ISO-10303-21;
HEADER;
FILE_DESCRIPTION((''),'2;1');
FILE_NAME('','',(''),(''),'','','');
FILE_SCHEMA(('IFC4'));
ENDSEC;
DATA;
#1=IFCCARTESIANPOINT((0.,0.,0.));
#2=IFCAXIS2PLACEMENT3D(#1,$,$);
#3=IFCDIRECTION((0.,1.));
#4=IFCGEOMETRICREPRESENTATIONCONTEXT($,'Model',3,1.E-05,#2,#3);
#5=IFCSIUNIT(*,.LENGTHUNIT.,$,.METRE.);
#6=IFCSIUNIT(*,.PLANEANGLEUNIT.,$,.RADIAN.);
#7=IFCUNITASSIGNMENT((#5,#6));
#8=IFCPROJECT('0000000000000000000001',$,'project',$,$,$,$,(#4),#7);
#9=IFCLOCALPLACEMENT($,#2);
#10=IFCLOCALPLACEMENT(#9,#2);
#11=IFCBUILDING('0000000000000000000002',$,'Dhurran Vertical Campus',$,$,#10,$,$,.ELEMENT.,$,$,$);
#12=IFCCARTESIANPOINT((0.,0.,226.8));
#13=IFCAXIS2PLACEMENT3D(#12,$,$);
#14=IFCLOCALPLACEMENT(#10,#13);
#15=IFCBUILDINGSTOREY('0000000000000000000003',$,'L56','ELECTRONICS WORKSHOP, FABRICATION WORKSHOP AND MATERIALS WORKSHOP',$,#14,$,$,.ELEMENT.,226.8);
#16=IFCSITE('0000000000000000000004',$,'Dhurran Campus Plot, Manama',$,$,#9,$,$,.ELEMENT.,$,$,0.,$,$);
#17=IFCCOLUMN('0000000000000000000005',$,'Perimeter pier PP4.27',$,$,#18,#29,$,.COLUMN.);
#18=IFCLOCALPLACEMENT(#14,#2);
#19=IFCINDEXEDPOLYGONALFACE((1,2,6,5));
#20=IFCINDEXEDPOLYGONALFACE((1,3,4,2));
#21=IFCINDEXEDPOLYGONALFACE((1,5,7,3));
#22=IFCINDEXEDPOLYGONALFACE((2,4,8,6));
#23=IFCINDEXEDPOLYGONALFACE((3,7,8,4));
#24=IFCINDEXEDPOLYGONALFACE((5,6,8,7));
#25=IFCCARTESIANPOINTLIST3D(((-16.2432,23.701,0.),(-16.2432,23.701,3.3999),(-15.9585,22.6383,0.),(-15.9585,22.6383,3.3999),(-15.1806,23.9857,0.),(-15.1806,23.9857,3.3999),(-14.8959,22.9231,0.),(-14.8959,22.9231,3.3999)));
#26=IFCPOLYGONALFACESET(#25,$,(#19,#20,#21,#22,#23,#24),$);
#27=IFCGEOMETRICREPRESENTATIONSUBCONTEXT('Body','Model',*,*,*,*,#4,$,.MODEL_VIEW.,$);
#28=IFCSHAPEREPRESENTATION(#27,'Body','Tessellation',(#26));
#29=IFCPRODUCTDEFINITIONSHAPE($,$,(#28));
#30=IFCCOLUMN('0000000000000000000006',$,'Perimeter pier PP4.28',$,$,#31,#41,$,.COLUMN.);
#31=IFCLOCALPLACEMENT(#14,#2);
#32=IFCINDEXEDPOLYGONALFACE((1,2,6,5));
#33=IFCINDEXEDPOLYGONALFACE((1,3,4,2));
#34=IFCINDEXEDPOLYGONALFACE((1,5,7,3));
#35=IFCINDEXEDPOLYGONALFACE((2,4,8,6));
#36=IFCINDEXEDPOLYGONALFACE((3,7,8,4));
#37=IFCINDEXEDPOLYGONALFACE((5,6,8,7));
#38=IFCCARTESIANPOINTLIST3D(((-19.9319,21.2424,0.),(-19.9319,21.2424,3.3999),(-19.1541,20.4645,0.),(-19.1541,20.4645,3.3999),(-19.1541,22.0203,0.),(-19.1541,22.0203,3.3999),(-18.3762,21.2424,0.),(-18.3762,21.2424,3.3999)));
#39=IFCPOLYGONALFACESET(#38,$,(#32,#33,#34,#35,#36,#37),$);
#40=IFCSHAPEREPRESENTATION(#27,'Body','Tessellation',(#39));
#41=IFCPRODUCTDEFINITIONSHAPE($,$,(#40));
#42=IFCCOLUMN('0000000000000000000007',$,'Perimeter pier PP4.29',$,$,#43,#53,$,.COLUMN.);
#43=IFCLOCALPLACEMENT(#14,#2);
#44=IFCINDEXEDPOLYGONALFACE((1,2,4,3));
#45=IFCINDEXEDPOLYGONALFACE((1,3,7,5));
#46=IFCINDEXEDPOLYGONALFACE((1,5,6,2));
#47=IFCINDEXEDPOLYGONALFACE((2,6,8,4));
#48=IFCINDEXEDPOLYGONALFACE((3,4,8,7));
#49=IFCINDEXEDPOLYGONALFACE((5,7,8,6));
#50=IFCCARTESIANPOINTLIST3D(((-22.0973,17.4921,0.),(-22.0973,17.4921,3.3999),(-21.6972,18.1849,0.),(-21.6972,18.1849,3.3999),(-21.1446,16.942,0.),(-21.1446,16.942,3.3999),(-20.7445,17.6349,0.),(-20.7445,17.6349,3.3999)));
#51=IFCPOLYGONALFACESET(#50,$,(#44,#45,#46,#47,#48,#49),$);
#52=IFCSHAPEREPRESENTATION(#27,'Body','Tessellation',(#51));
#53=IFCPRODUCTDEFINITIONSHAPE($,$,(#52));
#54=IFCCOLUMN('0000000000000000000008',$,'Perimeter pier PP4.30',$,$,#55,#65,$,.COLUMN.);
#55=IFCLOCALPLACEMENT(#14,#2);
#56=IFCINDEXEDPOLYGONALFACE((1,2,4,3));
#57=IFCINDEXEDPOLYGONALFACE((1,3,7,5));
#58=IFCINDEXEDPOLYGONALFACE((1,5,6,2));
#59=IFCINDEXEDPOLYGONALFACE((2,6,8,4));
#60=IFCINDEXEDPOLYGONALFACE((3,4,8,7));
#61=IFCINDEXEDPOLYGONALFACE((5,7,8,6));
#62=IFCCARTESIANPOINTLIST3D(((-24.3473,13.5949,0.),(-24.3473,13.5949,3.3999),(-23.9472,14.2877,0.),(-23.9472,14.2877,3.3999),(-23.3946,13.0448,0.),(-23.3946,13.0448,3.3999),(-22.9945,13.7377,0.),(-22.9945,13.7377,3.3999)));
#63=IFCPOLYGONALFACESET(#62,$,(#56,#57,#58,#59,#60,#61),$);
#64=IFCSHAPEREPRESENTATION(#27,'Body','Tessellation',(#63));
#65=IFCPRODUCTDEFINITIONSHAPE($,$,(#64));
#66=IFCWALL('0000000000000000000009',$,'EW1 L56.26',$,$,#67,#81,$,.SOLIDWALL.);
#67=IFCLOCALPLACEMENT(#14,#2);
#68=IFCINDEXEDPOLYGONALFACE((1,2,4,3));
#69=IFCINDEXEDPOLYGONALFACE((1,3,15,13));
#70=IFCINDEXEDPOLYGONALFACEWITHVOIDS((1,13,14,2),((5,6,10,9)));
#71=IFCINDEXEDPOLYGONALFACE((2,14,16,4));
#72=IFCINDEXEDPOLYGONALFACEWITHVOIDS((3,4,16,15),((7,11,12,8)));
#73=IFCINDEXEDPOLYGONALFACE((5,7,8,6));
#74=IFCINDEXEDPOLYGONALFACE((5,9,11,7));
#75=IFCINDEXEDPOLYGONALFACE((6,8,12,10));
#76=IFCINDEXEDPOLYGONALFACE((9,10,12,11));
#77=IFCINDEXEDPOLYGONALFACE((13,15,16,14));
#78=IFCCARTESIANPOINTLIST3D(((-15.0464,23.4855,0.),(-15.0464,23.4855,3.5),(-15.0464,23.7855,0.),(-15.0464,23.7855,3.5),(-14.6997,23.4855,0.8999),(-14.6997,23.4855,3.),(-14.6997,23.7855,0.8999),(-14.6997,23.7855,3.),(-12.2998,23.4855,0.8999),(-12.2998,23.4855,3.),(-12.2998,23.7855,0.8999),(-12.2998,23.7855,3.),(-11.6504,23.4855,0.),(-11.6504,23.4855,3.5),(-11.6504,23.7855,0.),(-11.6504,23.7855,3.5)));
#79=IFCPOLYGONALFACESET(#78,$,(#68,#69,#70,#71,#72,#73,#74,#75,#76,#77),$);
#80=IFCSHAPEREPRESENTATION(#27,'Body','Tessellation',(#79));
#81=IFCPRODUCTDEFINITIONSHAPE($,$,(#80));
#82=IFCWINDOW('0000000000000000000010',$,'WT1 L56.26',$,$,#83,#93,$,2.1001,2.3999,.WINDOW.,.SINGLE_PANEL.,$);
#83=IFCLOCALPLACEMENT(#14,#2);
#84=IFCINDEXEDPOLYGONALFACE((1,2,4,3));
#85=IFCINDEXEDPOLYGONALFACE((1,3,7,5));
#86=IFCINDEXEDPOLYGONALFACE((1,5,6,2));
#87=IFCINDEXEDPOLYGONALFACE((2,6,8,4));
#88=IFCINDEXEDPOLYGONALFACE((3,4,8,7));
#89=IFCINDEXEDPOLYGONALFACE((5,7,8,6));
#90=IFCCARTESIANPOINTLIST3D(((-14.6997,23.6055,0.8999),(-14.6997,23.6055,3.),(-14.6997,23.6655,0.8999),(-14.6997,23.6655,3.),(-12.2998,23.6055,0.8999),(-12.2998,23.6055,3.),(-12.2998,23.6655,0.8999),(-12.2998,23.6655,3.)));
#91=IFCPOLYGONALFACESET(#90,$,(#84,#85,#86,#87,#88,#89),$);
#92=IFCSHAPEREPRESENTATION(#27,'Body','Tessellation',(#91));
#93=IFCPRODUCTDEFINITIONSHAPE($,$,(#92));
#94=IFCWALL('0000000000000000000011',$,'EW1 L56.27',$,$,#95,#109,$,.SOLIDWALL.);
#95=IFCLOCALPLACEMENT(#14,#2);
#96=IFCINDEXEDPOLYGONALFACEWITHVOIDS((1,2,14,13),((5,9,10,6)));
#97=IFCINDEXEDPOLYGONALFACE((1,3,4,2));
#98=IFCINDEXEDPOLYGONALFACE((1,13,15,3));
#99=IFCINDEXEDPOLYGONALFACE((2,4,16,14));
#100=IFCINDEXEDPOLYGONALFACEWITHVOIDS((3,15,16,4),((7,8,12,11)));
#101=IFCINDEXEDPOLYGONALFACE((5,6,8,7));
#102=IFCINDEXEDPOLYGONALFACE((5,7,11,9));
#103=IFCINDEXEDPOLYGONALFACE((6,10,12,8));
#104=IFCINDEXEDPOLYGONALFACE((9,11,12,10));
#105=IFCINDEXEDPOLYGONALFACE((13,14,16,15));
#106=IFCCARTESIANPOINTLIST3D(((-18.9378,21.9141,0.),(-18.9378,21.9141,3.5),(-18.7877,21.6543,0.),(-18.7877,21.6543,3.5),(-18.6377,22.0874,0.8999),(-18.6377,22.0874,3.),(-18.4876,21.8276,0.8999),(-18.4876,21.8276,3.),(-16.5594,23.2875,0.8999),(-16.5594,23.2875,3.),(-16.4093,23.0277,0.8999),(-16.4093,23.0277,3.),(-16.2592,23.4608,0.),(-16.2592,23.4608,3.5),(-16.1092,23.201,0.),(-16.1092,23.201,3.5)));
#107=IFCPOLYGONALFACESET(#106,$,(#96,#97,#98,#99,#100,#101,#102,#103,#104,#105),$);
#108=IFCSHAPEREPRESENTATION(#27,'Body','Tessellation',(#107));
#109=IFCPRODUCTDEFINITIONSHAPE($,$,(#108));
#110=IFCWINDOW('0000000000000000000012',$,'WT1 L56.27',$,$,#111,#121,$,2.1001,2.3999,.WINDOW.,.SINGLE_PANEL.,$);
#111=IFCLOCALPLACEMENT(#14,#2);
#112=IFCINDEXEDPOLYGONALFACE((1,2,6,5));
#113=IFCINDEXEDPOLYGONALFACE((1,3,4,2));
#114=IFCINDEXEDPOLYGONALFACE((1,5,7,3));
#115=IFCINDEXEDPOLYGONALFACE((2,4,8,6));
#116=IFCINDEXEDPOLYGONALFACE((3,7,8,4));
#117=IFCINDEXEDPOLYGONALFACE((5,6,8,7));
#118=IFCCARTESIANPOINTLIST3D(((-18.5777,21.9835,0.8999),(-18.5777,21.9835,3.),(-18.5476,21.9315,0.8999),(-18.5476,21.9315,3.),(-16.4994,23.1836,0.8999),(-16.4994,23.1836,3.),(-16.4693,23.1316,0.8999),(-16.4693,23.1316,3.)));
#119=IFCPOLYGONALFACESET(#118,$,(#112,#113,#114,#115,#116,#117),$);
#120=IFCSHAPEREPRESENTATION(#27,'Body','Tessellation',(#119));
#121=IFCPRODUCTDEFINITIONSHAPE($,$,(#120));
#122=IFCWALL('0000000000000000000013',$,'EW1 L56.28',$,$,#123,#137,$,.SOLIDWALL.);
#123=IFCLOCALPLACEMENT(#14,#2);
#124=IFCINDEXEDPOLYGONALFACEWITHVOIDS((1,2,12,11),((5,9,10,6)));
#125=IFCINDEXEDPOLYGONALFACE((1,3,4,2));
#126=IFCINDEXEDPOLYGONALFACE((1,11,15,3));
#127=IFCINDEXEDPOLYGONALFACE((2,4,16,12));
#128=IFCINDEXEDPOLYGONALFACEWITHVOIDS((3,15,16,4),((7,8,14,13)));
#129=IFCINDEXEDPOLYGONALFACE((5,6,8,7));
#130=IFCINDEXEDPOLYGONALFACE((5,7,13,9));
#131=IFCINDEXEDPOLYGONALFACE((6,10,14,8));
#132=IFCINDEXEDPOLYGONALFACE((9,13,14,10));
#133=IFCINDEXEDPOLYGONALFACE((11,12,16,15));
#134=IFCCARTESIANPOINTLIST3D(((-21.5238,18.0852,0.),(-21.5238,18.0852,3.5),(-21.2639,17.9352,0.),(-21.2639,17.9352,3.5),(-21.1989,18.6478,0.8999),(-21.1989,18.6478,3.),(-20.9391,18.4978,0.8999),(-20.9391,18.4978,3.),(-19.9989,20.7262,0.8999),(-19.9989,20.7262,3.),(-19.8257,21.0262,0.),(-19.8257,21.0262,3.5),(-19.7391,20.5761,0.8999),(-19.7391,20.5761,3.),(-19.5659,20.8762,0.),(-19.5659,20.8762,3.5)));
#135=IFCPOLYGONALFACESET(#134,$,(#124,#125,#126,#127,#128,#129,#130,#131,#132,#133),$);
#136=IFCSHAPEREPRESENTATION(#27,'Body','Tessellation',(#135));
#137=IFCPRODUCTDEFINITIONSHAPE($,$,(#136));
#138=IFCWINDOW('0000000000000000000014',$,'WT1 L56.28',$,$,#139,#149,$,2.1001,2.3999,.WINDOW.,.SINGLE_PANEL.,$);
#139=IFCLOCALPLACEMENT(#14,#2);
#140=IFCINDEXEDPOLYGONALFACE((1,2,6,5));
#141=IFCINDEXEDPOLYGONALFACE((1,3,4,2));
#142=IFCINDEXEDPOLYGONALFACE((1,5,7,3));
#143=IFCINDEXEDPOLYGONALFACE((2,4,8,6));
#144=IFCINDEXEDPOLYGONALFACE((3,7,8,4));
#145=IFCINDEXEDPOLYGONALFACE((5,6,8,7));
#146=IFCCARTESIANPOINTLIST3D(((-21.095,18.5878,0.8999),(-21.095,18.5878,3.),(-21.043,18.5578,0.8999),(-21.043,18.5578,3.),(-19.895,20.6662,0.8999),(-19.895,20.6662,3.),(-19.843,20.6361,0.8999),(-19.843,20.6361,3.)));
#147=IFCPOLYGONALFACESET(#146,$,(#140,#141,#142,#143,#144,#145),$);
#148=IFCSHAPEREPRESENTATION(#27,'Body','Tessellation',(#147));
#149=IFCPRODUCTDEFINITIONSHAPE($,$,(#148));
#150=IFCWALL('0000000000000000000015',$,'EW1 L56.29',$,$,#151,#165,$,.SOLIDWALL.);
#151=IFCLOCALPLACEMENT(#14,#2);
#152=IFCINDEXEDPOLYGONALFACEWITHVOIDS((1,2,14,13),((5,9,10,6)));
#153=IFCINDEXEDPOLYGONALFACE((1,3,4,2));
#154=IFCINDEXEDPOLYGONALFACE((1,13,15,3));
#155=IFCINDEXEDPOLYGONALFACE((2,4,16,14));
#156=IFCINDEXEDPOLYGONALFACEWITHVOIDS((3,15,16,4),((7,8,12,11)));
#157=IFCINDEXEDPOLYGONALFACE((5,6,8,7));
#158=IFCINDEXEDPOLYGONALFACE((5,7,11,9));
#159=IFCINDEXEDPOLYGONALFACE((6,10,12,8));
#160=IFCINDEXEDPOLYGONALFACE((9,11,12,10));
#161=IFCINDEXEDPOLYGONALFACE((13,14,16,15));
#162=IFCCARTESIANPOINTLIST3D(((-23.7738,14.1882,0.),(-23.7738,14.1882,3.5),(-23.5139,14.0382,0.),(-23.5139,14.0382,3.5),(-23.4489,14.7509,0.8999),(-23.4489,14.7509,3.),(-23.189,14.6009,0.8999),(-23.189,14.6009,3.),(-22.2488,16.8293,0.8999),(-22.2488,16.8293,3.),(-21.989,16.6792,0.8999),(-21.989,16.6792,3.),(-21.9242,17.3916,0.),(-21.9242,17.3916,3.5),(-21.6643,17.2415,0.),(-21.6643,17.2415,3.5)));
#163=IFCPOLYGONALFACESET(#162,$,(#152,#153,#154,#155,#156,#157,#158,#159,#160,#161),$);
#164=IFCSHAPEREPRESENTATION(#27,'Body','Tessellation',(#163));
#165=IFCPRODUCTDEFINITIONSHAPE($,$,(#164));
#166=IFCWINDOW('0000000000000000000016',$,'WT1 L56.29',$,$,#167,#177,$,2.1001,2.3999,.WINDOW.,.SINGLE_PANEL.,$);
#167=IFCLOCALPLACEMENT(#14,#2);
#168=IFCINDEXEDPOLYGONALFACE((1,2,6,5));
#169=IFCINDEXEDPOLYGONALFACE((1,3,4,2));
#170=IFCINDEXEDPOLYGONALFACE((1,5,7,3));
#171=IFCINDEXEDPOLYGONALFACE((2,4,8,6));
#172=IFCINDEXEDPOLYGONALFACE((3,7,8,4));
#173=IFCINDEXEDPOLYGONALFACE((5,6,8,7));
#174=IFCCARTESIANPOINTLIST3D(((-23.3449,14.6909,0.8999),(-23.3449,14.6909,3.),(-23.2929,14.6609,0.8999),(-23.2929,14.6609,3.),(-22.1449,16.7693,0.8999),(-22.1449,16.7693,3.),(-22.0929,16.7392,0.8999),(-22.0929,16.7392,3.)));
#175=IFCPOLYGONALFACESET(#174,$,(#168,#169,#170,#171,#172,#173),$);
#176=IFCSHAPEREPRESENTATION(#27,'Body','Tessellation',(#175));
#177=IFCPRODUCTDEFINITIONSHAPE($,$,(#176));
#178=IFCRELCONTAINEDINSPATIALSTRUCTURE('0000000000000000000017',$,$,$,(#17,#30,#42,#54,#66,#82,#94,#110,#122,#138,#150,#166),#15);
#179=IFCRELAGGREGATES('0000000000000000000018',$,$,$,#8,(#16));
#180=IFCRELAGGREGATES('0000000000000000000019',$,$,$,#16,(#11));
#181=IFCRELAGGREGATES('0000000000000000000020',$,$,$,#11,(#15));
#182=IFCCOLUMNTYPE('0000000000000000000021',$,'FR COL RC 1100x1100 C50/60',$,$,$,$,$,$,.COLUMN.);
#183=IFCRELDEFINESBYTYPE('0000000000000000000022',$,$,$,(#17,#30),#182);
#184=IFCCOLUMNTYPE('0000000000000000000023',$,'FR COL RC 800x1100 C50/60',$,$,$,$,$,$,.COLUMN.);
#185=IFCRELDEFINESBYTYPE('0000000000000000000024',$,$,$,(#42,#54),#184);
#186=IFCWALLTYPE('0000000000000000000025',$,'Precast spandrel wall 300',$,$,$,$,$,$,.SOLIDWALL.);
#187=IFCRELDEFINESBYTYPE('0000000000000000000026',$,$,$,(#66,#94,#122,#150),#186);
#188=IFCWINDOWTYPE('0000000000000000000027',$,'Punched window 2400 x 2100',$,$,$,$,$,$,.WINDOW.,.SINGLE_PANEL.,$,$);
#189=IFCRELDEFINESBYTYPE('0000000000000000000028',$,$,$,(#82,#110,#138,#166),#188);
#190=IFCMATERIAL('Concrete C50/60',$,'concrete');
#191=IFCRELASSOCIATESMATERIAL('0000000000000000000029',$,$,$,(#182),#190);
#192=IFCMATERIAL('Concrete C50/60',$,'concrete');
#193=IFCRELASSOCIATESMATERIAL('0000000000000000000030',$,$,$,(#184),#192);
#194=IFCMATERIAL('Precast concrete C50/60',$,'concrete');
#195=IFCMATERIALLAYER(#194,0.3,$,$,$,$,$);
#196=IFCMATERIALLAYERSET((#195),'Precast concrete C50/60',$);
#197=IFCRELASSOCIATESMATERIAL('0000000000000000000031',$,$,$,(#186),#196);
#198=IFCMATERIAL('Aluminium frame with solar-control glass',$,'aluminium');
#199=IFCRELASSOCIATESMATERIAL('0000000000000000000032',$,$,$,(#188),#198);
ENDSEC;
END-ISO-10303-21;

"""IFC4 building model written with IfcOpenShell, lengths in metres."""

from ifc_helpers import new_model, si_unit, direction, frame, frame_2d, origin, origin_2d, place, context, subcontext, project, spatial, rectangle, extrude, material, layer, layer_set, material_profile, profile_set, type_object, element, fill, save


model = new_model("IFC4")

# Units and contexts
model_context = context("Model", 3, precision=1e-05, world=origin(), true_north=direction((0.0, 1.0)))
body_context = subcontext(model_context, "Body", "Model", "MODEL_VIEW")
ifc_project = project(units=[si_unit("LENGTHUNIT", "METRE"), si_unit("PLANEANGLEUNIT", "RADIAN")], contexts=[model_context])

# Site, building, storey
site_placement = place(None, origin())
site = spatial("IfcSite", under=ifc_project, at=site_placement, Name="Dhurran Campus Plot, Manama", CompositionType="ELEMENT", RefElevation=0.0)
building_placement = place(site_placement, origin())
building = spatial("IfcBuilding", under=site, at=building_placement, Name="Dhurran Vertical Campus", CompositionType="ELEMENT")
storey_placement = place(building_placement, frame((0.0, 0.0, 226.8)))
storey = spatial("IfcBuildingStorey", under=building, at=storey_placement, Name="L56", Description="ELECTRONICS WORKSHOP, FABRICATION WORKSHOP AND MATERIALS WORKSHOP", CompositionType="ELEMENT", Elevation=226.8)

# Columns
ifc_material_1 = material(Name="Concrete C50/60", Category="concrete")
ifc_material_profile_1 = material_profile(ifc_material_1, rectangle(XDim=1.1001, YDim=1.1001, at=origin_2d()), Name="RC 1100x1100")
ifc_profile_set_1 = profile_set([ifc_material_profile_1], Name="Concrete C50/60")
column_type_1 = type_object("IfcColumnType", Name="FR COL RC 1100x1100 C50/60", PredefinedType="COLUMN", material=ifc_profile_set_1)
for number, where, z_axis, x_axis, name in (
    (1, (-15.5696, 23.312, 0.0), (0.0, 0.0, 1.0), (-0.965926, -0.258819, 0.0), "Perimeter pier PP4.27"),
    (2, (-19.1541, 21.2424, 0.0), (0.0, 0.0, 1.0), (-0.707107, -0.707107, 0.0), "Perimeter pier PP4.28"),
):
    element("IfcColumn", number, at=place(storey_placement, frame(where, z_axis=z_axis, x_axis=x_axis)), inside=storey, type_object=column_type_1, Name=name, PredefinedType="COLUMN", context=body_context, shape_type="SweptSolid", body=[
        extrude(rectangle(XDim=1.1001, YDim=1.1001, at=origin_2d()), origin(), (0.0, 0.0, 1.0), 3.3999),
    ])
ifc_material_2 = material(Name="Concrete C50/60", Category="concrete")
ifc_material_profile_2 = material_profile(ifc_material_2, rectangle(XDim=0.8, YDim=1.1001, at=origin_2d()), Name="RC 800x1100")
ifc_profile_set_2 = profile_set([ifc_material_profile_2], Name="Concrete C50/60")
column_type_2 = type_object("IfcColumnType", Name="FR COL RC 800x1100 C50/60", PredefinedType="COLUMN", material=ifc_profile_set_2)
for number, where, z_axis, x_axis, name in (
    (3, (-21.4209, 17.5635, 0.0), (0.0, 0.0, 1.0), (-0.5, -0.866025, 0.0), "Perimeter pier PP4.29"),
    (4, (-23.6709, 13.6663, 0.0), (0.0, 0.0, 1.0), (-0.5, -0.866025, 0.0), "Perimeter pier PP4.30"),
):
    element("IfcColumn", number, at=place(storey_placement, frame(where, z_axis=z_axis, x_axis=x_axis)), inside=storey, type_object=column_type_2, Name=name, PredefinedType="COLUMN", context=body_context, shape_type="SweptSolid", body=[
        extrude(rectangle(XDim=0.8, YDim=1.1001, at=origin_2d()), origin(), (0.0, 0.0, 1.0), 3.3999),
    ])

# Walls, openings, windows
ifc_material_3 = material(Name="Precast concrete C50/60", Category="concrete")
ifc_layer_1 = layer(ifc_material_3, 0.3)
ifc_layer_set_1 = layer_set([ifc_layer_1], Name="Precast concrete C50/60")
wall_type_1 = type_object("IfcWallType", Name="Precast spandrel wall 300", PredefinedType="SOLIDWALL", material=ifc_layer_set_1)
wall_1_placement = place(storey_placement, frame((-11.6504, 23.6355, 0.0), z_axis=(0.0, 0.0, 1.0), x_axis=(-1.0, 0.0, 0.0)))
wall_1 = element("IfcWall", 5, at=wall_1_placement, inside=storey, type_object=wall_type_1, Name="EW1 L56.26", PredefinedType="SOLIDWALL", context=body_context, shape_type="SweptSolid", body=[
    extrude(rectangle(XDim=3.396, YDim=0.3, at=frame_2d((1.698, 0.0))), origin(), (0.0, 0.0, 1.0), 3.5),
])
opening_1_placement = place(wall_1_placement, frame((0.6494, 0.0, 0.8999)))
opening_1 = element("IfcOpeningElement", 6, at=opening_1_placement, cuts=wall_1, PredefinedType="OPENING", context=body_context, shape_type="SweptSolid", body=[
    extrude(rectangle(XDim=2.3999, YDim=2.1001, at=frame_2d((1.2, 1.05))), frame((0.0, 0.1599, 0.0), z_axis=(0.0, -1.0, 0.0), x_axis=(1.0, 0.0, 0.0)), (0.0, 0.0, 1.0), 0.3201),
])
ifc_material_4 = material(Name="Aluminium frame with solar-control glass", Category="aluminium")
window_type = type_object("IfcWindowType", Name="Punched window 2400 x 2100", PartitioningType="SINGLE_PANEL", PredefinedType="WINDOW", material=ifc_material_4)
window_1_placement = place(opening_1_placement, origin())
window_1 = element("IfcWindow", 7, at=window_1_placement, inside=storey, type_object=window_type, Name="WT1 L56.26", OverallHeight=2.1001, OverallWidth=2.3999, PartitioningType="SINGLE_PANEL", PredefinedType="WINDOW", context=body_context, shape_type="SweptSolid", body=[
    extrude(rectangle(XDim=2.3999, YDim=2.1001, at=frame_2d((1.2, 1.05))), frame((0.0, 0.03, 0.0), z_axis=(0.0, -1.0, 0.0), x_axis=(1.0, 0.0, 0.0)), (0.0, 0.0, 1.0), 0.0601),
])
fill(opening_1, window_1)
wall_2_placement = place(storey_placement, frame((-16.1843, 23.3308, 0.0), z_axis=(0.0, 0.0, 1.0), x_axis=(-0.865995, -0.500053, 0.0)))
wall_2 = element("IfcWall", 8, at=wall_2_placement, inside=storey, type_object=wall_type_1, Name="EW1 L56.27", PredefinedType="SOLIDWALL", context=body_context, shape_type="SweptSolid", body=[
    extrude(rectangle(XDim=3.093, YDim=0.3, at=frame_2d((1.5464, 0.0))), origin(), (0.0, 0.0, 1.0), 3.5),
])
opening_2_placement = place(wall_2_placement, frame((0.3464, 0.0, 0.8999)))
opening_2 = element("IfcOpeningElement", 9, at=opening_2_placement, cuts=wall_2, PredefinedType="OPENING", context=body_context, shape_type="SweptSolid", body=[
    extrude(rectangle(XDim=2.3999, YDim=2.1001, at=frame_2d((1.2, 1.05))), frame((0.0, 0.1599, 0.0), z_axis=(0.0, -1.0, 0.0), x_axis=(1.0, 0.0, 0.0)), (0.0, 0.0, 1.0), 0.3201),
])
window_2_placement = place(opening_2_placement, origin())
window_2 = element("IfcWindow", 10, at=window_2_placement, inside=storey, type_object=window_type, Name="WT1 L56.27", OverallHeight=2.1001, OverallWidth=2.3999, PartitioningType="SINGLE_PANEL", PredefinedType="WINDOW", context=body_context, shape_type="SweptSolid", body=[
    extrude(rectangle(XDim=2.3999, YDim=2.1001, at=frame_2d((1.2, 1.05))), frame((0.0, 0.03, 0.0), z_axis=(0.0, -1.0, 0.0), x_axis=(1.0, 0.0, 0.0)), (0.0, 0.0, 1.0), 0.0601),
])
fill(opening_2, window_2)
wall_3_placement = place(storey_placement, frame((-19.6958, 20.9512, 0.0), z_axis=(0.0, 0.0, 1.0), x_axis=(-0.500013, -0.866018, 0.0)))
wall_3 = element("IfcWall", 11, at=wall_3_placement, inside=storey, type_object=wall_type_1, Name="EW1 L56.28", PredefinedType="SOLIDWALL", context=body_context, shape_type="SweptSolid", body=[
    extrude(rectangle(XDim=3.396, YDim=0.3, at=frame_2d((1.698, 0.0))), origin(), (0.0, 0.0, 1.0), 3.5),
])
opening_3_placement = place(wall_3_placement, frame((0.3464, 0.0, 0.8999)))
opening_3 = element("IfcOpeningElement", 12, at=opening_3_placement, cuts=wall_3, PredefinedType="OPENING", context=body_context, shape_type="SweptSolid", body=[
    extrude(rectangle(XDim=2.3999, YDim=2.1001, at=frame_2d((1.2, 1.05))), frame((0.0, 0.1599, 0.0), z_axis=(0.0, -1.0, 0.0), x_axis=(1.0, 0.0, 0.0)), (0.0, 0.0, 1.0), 0.3201),
])
window_3_placement = place(opening_3_placement, origin())
window_3 = element("IfcWindow", 13, at=window_3_placement, inside=storey, type_object=window_type, Name="WT1 L56.28", OverallHeight=2.1001, OverallWidth=2.3999, PartitioningType="SINGLE_PANEL", PredefinedType="WINDOW", context=body_context, shape_type="SweptSolid", body=[
    extrude(rectangle(XDim=2.3999, YDim=2.1001, at=frame_2d((1.2, 1.05))), frame((0.0, 0.03, 0.0), z_axis=(0.0, -1.0, 0.0), x_axis=(1.0, 0.0, 0.0)), (0.0, 0.0, 1.0), 0.0601),
])
fill(opening_3, window_3)
wall_4_placement = place(storey_placement, frame((-21.7942, 17.3167, 0.0), z_axis=(0.0, 0.0, 1.0), x_axis=(-0.500029, -0.866009, 0.0)))
wall_4 = element("IfcWall", 14, at=wall_4_placement, inside=storey, type_object=wall_type_1, Name="EW1 L56.29", PredefinedType="SOLIDWALL", context=body_context, shape_type="SweptSolid", body=[
    extrude(rectangle(XDim=3.699, YDim=0.3, at=frame_2d((1.8496, 0.0))), origin(), (0.0, 0.0, 1.0), 3.5),
])
opening_4_placement = place(wall_4_placement, frame((0.6494, 0.0, 0.8999)))
opening_4 = element("IfcOpeningElement", 15, at=opening_4_placement, cuts=wall_4, PredefinedType="OPENING", context=body_context, shape_type="SweptSolid", body=[
    extrude(rectangle(XDim=2.3999, YDim=2.1001, at=frame_2d((1.2, 1.05))), frame((0.0, 0.1599, 0.0), z_axis=(0.0, -1.0, 0.0), x_axis=(1.0, 0.0, 0.0)), (0.0, 0.0, 1.0), 0.3201),
])
window_4_placement = place(opening_4_placement, origin())
window_4 = element("IfcWindow", 16, at=window_4_placement, inside=storey, type_object=window_type, Name="WT1 L56.29", OverallHeight=2.1001, OverallWidth=2.3999, PartitioningType="SINGLE_PANEL", PredefinedType="WINDOW", context=body_context, shape_type="SweptSolid", body=[
    extrude(rectangle(XDim=2.3999, YDim=2.1001, at=frame_2d((1.2, 1.05))), frame((0.0, 0.03, 0.0), z_axis=(0.0, -1.0, 0.0), x_axis=(1.0, 0.0, 0.0)), (0.0, 0.0, 1.0), 0.0601),
])
fill(opening_4, window_4)

save(model, "model.ifc")
